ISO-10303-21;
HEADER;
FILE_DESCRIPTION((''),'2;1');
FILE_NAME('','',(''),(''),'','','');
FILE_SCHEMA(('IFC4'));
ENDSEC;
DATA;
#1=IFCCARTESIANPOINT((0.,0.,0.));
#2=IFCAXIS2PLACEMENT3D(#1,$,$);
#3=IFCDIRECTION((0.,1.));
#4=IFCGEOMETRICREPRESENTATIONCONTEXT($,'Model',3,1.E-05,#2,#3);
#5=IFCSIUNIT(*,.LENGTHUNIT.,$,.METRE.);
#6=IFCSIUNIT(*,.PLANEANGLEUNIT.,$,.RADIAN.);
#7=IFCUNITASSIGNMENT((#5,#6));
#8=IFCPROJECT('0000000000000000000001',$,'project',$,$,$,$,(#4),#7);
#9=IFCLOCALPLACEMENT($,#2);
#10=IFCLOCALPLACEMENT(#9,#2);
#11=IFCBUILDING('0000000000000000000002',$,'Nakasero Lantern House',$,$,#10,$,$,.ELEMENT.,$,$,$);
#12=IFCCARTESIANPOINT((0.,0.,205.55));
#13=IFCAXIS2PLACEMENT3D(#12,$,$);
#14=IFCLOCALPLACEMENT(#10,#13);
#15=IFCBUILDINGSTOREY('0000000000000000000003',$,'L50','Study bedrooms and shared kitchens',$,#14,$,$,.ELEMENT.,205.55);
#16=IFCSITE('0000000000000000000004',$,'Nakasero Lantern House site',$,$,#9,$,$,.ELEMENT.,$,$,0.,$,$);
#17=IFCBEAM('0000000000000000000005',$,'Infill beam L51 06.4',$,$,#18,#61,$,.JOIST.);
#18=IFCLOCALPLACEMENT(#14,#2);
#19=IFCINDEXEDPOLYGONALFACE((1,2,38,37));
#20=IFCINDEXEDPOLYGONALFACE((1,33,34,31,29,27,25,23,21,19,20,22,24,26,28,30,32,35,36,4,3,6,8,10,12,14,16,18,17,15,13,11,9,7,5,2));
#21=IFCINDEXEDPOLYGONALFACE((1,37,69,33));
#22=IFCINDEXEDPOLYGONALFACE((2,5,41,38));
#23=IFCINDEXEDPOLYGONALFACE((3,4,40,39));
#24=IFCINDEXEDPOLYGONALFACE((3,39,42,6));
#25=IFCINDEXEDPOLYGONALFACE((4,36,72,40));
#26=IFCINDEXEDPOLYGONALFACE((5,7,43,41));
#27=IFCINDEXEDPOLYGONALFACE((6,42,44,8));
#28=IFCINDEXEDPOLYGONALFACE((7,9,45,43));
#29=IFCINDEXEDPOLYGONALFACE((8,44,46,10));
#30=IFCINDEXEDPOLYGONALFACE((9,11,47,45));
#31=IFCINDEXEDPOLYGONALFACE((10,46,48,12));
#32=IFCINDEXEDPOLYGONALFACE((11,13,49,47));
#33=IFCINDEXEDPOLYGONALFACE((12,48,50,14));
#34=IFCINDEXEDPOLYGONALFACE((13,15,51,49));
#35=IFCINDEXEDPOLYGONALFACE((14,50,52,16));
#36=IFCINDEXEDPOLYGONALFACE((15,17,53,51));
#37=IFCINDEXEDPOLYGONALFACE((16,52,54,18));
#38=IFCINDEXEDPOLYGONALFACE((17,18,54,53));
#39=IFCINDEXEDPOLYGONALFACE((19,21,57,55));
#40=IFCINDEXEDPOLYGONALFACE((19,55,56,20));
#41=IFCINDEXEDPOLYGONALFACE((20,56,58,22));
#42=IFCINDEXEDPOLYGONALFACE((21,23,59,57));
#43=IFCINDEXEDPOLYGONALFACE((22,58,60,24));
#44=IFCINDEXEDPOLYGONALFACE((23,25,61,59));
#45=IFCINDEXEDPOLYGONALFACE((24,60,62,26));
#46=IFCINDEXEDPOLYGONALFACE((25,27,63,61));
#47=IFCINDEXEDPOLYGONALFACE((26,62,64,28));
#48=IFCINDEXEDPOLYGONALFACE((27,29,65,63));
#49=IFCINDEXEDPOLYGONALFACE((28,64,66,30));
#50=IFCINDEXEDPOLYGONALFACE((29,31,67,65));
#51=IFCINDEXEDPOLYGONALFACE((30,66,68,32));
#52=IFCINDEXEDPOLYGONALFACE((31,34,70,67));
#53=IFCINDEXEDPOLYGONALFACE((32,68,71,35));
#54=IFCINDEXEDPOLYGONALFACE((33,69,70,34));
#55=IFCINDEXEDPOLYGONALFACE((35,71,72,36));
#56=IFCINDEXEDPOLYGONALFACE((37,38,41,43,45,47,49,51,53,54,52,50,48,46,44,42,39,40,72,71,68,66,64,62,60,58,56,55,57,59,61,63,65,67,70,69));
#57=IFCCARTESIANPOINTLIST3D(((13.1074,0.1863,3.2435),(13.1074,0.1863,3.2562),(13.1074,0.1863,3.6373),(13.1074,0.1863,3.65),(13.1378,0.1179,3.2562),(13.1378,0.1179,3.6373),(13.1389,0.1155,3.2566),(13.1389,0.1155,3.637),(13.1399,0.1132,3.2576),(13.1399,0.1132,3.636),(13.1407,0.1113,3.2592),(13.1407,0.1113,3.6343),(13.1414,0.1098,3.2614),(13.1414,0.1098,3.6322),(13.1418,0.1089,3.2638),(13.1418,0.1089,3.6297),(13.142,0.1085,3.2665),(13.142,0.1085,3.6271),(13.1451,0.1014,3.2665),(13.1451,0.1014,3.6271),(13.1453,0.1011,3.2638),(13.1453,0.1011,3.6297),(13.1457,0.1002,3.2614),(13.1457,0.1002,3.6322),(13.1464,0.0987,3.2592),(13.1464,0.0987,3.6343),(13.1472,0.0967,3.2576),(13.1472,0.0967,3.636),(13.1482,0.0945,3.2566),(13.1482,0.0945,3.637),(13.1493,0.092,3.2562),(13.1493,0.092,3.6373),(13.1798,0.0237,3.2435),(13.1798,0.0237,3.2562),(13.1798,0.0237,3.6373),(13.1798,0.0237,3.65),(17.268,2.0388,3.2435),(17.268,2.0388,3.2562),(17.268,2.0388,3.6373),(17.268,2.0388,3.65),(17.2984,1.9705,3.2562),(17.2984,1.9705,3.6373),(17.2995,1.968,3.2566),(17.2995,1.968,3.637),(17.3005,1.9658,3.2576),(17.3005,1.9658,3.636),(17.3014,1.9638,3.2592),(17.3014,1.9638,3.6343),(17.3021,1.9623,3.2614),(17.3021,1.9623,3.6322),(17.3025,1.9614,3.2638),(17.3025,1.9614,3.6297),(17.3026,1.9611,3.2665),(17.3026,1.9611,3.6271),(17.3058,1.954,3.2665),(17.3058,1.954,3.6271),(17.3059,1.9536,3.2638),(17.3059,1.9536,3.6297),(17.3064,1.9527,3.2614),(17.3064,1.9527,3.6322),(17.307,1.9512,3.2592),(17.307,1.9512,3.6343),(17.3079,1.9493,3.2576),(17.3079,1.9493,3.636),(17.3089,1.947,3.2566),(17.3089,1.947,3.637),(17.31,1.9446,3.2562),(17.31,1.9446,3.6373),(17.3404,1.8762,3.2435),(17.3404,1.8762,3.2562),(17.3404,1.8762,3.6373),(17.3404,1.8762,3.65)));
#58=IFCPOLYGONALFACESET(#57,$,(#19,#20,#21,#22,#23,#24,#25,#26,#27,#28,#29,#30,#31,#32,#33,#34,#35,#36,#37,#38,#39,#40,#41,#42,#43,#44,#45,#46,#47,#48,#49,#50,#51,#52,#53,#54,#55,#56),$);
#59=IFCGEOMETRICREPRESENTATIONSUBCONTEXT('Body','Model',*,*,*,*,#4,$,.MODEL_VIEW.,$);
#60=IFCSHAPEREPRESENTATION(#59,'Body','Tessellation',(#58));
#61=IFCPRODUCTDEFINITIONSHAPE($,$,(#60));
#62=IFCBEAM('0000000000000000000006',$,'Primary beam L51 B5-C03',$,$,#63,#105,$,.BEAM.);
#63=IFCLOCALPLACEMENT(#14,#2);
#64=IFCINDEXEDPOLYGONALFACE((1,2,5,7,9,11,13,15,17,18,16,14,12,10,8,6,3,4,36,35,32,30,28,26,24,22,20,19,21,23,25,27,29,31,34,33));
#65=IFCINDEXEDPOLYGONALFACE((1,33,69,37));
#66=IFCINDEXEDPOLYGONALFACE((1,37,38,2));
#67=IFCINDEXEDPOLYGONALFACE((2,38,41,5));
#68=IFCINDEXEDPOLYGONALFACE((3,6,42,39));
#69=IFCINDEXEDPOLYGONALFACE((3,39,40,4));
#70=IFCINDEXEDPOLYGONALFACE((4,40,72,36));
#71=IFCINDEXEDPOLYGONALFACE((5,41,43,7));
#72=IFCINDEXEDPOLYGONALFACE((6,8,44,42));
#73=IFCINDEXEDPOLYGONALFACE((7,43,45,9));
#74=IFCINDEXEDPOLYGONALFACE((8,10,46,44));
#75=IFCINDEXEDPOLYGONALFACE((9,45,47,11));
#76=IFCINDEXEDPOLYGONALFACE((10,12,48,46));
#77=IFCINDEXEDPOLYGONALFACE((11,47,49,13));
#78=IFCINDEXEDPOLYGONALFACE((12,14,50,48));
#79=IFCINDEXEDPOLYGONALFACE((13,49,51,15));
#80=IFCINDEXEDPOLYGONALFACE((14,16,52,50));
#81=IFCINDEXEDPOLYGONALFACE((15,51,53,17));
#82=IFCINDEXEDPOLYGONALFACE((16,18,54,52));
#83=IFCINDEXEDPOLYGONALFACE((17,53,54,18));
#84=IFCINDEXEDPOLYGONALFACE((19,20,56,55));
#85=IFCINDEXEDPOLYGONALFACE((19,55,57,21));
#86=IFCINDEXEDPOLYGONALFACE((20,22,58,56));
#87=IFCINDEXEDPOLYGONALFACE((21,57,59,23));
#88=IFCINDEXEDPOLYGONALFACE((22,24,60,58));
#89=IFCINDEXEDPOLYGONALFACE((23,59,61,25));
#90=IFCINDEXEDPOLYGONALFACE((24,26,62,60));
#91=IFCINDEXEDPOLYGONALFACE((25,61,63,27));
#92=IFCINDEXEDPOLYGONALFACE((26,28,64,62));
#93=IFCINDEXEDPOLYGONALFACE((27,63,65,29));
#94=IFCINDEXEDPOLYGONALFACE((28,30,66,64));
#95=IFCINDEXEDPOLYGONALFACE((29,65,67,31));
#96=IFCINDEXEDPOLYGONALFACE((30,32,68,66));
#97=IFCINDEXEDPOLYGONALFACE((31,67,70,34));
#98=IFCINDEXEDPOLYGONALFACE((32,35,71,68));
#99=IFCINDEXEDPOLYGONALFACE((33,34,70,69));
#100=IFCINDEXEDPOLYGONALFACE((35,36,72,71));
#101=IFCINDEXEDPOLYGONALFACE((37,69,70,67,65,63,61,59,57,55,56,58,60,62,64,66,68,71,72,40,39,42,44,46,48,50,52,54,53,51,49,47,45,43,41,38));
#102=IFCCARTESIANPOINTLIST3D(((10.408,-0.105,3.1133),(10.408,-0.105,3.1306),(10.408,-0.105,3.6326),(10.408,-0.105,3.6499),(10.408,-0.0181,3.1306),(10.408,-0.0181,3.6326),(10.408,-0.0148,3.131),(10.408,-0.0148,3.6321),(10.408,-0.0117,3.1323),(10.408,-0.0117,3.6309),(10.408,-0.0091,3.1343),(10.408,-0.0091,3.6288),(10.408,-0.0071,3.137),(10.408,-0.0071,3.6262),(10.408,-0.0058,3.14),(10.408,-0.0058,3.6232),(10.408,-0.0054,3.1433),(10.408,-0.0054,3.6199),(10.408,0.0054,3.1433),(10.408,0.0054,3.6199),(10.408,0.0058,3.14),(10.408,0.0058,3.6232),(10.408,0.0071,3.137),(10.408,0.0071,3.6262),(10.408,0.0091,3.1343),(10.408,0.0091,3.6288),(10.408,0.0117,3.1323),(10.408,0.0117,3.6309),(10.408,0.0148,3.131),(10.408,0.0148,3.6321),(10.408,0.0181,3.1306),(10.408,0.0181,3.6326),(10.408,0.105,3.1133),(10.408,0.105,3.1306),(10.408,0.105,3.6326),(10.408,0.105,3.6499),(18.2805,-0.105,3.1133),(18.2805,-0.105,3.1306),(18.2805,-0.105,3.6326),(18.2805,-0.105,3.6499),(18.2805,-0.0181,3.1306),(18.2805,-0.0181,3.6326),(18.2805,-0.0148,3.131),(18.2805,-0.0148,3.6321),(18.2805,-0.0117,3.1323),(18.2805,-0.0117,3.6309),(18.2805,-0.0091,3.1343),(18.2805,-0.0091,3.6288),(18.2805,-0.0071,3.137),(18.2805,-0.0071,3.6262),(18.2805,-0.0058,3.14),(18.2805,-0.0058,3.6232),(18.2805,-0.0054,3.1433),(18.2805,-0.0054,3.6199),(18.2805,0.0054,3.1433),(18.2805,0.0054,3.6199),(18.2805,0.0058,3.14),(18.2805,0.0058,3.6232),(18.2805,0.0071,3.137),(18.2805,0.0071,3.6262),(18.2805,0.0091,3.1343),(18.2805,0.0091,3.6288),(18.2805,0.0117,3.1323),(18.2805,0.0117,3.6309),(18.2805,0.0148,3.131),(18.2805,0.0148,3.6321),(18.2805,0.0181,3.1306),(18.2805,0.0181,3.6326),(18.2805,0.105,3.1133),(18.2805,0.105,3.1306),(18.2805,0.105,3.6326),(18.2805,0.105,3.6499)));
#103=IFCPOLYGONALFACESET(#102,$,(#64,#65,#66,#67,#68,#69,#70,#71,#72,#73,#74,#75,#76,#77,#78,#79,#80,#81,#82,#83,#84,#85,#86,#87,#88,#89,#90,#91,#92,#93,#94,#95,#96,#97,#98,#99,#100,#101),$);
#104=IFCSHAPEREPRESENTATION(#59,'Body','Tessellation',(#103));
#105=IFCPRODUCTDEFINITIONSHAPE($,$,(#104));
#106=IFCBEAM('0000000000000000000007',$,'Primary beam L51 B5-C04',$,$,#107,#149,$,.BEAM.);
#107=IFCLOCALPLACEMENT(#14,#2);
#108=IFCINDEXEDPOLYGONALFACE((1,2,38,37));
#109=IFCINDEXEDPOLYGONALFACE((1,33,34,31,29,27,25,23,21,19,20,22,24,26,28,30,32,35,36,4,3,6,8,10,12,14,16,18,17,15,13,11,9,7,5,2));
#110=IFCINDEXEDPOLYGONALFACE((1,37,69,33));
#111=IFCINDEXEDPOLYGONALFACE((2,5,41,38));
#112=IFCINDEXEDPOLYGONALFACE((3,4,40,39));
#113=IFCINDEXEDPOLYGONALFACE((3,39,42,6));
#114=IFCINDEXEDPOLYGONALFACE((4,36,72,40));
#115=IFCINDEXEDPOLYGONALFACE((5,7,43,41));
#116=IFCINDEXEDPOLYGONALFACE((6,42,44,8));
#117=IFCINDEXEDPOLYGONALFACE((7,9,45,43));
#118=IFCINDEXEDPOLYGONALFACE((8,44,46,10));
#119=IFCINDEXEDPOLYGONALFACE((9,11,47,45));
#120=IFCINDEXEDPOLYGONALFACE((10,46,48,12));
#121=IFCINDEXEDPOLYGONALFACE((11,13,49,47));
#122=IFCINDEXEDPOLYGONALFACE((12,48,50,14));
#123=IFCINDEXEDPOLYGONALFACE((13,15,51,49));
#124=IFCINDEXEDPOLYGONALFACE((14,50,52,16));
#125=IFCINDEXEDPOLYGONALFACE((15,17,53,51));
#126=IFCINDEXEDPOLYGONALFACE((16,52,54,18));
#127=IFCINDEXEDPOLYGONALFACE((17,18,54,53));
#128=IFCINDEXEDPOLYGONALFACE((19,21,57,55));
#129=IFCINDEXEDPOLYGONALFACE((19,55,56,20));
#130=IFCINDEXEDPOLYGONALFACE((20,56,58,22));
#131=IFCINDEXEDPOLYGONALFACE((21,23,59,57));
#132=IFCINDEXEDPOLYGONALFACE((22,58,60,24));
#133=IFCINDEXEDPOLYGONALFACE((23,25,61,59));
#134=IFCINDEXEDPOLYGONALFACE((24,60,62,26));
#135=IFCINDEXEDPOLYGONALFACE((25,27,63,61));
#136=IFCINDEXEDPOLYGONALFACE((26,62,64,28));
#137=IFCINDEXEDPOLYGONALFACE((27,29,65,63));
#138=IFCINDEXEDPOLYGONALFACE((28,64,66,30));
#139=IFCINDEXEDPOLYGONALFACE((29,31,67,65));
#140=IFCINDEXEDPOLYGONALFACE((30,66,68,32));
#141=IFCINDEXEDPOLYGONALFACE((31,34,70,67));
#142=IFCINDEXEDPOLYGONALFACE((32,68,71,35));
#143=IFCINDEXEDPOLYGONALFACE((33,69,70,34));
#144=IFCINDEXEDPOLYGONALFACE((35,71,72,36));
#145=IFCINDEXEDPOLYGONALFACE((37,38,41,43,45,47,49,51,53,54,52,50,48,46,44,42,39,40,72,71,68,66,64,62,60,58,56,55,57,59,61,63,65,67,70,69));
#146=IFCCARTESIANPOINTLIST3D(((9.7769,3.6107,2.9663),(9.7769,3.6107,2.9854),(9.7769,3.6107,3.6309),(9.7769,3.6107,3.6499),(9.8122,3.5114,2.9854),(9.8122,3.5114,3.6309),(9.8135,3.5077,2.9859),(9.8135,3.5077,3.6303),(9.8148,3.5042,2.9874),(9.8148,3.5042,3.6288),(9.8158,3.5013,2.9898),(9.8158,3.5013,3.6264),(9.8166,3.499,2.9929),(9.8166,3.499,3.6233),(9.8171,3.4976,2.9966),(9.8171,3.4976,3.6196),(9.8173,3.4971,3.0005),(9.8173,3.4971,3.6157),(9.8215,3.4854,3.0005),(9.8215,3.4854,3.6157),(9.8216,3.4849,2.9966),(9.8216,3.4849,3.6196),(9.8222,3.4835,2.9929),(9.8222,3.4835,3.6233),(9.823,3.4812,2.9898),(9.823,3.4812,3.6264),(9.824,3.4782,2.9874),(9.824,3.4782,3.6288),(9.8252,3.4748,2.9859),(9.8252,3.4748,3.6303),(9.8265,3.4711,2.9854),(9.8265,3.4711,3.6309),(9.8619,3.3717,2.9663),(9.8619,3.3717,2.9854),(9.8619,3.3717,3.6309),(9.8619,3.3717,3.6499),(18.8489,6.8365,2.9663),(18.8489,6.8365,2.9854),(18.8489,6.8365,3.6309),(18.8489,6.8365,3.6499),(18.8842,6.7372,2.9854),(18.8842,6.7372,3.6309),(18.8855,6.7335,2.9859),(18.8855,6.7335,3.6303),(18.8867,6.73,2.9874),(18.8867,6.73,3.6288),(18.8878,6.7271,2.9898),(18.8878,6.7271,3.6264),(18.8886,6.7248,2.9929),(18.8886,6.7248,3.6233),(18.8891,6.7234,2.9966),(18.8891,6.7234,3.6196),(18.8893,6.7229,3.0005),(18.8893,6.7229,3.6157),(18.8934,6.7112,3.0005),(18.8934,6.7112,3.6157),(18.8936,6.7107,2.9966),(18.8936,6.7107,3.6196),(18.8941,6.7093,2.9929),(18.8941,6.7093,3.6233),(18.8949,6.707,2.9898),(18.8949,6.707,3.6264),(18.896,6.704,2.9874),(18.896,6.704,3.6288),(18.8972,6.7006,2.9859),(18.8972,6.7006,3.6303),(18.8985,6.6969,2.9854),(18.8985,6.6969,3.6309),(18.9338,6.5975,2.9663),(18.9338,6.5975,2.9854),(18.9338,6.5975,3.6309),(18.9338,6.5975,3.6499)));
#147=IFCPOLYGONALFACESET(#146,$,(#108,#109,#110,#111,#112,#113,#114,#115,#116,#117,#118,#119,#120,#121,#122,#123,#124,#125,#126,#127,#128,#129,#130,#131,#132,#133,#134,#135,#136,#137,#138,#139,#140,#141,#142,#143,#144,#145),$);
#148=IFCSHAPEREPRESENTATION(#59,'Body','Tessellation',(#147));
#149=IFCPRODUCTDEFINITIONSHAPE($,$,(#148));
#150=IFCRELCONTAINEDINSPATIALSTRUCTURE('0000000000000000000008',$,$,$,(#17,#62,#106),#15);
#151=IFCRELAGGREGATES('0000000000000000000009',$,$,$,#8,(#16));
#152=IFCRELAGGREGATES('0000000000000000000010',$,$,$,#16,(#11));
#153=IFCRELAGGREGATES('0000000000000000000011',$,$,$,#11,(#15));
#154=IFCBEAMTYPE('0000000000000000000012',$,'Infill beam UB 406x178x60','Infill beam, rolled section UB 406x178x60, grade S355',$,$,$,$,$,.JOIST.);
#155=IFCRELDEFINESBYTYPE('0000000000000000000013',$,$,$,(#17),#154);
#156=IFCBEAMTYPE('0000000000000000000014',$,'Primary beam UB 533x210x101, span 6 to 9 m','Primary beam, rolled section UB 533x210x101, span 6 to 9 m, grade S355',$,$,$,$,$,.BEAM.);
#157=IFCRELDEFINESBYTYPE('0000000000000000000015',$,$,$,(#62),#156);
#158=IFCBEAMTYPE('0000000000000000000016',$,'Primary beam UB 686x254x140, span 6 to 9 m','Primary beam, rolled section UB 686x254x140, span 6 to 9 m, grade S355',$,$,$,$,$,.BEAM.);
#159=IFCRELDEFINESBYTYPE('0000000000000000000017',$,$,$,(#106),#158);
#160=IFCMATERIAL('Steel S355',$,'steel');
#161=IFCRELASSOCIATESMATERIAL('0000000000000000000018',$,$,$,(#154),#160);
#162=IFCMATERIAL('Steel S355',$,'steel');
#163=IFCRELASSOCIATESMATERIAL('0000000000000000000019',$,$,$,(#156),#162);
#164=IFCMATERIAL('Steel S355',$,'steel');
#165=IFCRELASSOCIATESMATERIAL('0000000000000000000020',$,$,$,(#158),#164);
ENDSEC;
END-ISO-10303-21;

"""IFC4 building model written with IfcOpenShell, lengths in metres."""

from ifc_helpers import new_model, si_unit, direction, frame, origin, origin_2d, place, context, subcontext, project, spatial, i_section, extrude, material, material_profile, profile_set, type_object, element, save


model = new_model("IFC4")

# Units and contexts
model_context = context("Model", 3, precision=1e-05, world=origin(), true_north=direction((0.0, 1.0)))
body_context = subcontext(model_context, "Body", "Model", "MODEL_VIEW")
ifc_project = project(units=[si_unit("LENGTHUNIT", "METRE"), si_unit("PLANEANGLEUNIT", "RADIAN")], contexts=[model_context])

# Site, building, storey
site_placement = place(None, origin())
site = spatial("IfcSite", under=ifc_project, at=site_placement, Name="Nakasero Lantern House site", CompositionType="ELEMENT", RefElevation=0.0)
building_placement = place(site_placement, origin())
building = spatial("IfcBuilding", under=site, at=building_placement, Name="Nakasero Lantern House", CompositionType="ELEMENT")
storey_placement = place(building_placement, frame((0.0, 0.0, 205.55)))
storey = spatial("IfcBuildingStorey", under=building, at=storey_placement, Name="L50", Description="Study bedrooms and shared kitchens", CompositionType="ELEMENT", Elevation=205.55)

# Beams
ifc_material_1 = material(Name="Steel S355", Category="steel")
ifc_material_profile_1 = material_profile(ifc_material_1, i_section(OverallWidth=0.178, OverallDepth=0.4065, WebThickness=0.0078, FlangeThickness=0.0127, FilletRadius=0.0103, at=origin_2d()), Name="UB 406x178x60")
ifc_profile_set_1 = profile_set([ifc_material_profile_1], Name="Steel S355")
beam_type_1 = type_object("IfcBeamType", Name="Infill beam UB 406x178x60", Description="Infill beam, rolled section UB 406x178x60, grade S355", PredefinedType="JOIST", material=ifc_profile_set_1)
beam_1_placement = place(storey_placement, frame((13.1436, 0.105, 3.4468), z_axis=(0.913537, 0.406755, 0.0), x_axis=(-0.406755, 0.913537, 0.0)))
element("IfcBeam", 1, at=beam_1_placement, inside=storey, type_object=beam_type_1, Name="Infill beam L51 06.4", PredefinedType="JOIST", context=body_context, shape_type="SweptSolid", body=[
    extrude(i_section(OverallWidth=0.178, OverallDepth=0.4065, WebThickness=0.0078, FlangeThickness=0.0127, FilletRadius=0.0103, at=origin_2d()), origin(), (0.0, 0.0, 1.0), 4.5544),
])
ifc_material_2 = material(Name="Steel S355", Category="steel")
ifc_material_profile_2 = material_profile(ifc_material_2, i_section(OverallWidth=0.21, OverallDepth=0.5366, WebThickness=0.0107, FlangeThickness=0.0173, FilletRadius=0.0127, at=origin_2d()), Name="UB 533x210x101")
ifc_profile_set_2 = profile_set([ifc_material_profile_2], Name="Steel S355")
beam_type_2 = type_object("IfcBeamType", Name="Primary beam UB 533x210x101, span 6 to 9 m", Description="Primary beam, rolled section UB 533x210x101, span 6 to 9 m, grade S355", PredefinedType="BEAM", material=ifc_profile_set_2)
beam_2_placement = place(storey_placement, frame((18.2805, 0.0, 3.3816), z_axis=(-1.0, 0.0, 0.0), x_axis=(0.0, -1.0, 0.0)))
element("IfcBeam", 2, at=beam_2_placement, inside=storey, type_object=beam_type_2, Name="Primary beam L51 B5-C03", PredefinedType="BEAM", context=body_context, shape_type="SweptSolid", body=[
    extrude(i_section(OverallWidth=0.21, OverallDepth=0.5366, WebThickness=0.0107, FlangeThickness=0.0173, FilletRadius=0.0127, at=origin_2d()), origin(), (0.0, 0.0, 1.0), 7.8726),
])
ifc_material_3 = material(Name="Steel S355", Category="steel")
ifc_material_profile_3 = material_profile(ifc_material_3, i_section(OverallWidth=0.2537, OverallDepth=0.6836, WebThickness=0.0125, FlangeThickness=0.019, FilletRadius=0.0151, at=origin_2d()), Name="UB 686x254x140")
ifc_profile_set_3 = profile_set([ifc_material_profile_3], Name="Steel S355")
beam_type_3 = type_object("IfcBeamType", Name="Primary beam UB 686x254x140, span 6 to 9 m", Description="Primary beam, rolled section UB 686x254x140, span 6 to 9 m, grade S355", PredefinedType="BEAM", material=ifc_profile_set_3)
beam_3_placement = place(storey_placement, frame((18.8914, 6.717, 3.3081), z_axis=(-0.942207, -0.33503, 0.0), x_axis=(0.33503, -0.942207, 0.0)))
element("IfcBeam", 3, at=beam_3_placement, inside=storey, type_object=beam_type_3, Name="Primary beam L51 B5-C04", PredefinedType="BEAM", context=body_context, shape_type="SweptSolid", body=[
    extrude(i_section(OverallWidth=0.2537, OverallDepth=0.6836, WebThickness=0.0125, FlangeThickness=0.019, FilletRadius=0.0151, at=origin_2d()), origin(), (0.0, 0.0, 1.0), 9.6284),
])

save(model, "model.ifc")
